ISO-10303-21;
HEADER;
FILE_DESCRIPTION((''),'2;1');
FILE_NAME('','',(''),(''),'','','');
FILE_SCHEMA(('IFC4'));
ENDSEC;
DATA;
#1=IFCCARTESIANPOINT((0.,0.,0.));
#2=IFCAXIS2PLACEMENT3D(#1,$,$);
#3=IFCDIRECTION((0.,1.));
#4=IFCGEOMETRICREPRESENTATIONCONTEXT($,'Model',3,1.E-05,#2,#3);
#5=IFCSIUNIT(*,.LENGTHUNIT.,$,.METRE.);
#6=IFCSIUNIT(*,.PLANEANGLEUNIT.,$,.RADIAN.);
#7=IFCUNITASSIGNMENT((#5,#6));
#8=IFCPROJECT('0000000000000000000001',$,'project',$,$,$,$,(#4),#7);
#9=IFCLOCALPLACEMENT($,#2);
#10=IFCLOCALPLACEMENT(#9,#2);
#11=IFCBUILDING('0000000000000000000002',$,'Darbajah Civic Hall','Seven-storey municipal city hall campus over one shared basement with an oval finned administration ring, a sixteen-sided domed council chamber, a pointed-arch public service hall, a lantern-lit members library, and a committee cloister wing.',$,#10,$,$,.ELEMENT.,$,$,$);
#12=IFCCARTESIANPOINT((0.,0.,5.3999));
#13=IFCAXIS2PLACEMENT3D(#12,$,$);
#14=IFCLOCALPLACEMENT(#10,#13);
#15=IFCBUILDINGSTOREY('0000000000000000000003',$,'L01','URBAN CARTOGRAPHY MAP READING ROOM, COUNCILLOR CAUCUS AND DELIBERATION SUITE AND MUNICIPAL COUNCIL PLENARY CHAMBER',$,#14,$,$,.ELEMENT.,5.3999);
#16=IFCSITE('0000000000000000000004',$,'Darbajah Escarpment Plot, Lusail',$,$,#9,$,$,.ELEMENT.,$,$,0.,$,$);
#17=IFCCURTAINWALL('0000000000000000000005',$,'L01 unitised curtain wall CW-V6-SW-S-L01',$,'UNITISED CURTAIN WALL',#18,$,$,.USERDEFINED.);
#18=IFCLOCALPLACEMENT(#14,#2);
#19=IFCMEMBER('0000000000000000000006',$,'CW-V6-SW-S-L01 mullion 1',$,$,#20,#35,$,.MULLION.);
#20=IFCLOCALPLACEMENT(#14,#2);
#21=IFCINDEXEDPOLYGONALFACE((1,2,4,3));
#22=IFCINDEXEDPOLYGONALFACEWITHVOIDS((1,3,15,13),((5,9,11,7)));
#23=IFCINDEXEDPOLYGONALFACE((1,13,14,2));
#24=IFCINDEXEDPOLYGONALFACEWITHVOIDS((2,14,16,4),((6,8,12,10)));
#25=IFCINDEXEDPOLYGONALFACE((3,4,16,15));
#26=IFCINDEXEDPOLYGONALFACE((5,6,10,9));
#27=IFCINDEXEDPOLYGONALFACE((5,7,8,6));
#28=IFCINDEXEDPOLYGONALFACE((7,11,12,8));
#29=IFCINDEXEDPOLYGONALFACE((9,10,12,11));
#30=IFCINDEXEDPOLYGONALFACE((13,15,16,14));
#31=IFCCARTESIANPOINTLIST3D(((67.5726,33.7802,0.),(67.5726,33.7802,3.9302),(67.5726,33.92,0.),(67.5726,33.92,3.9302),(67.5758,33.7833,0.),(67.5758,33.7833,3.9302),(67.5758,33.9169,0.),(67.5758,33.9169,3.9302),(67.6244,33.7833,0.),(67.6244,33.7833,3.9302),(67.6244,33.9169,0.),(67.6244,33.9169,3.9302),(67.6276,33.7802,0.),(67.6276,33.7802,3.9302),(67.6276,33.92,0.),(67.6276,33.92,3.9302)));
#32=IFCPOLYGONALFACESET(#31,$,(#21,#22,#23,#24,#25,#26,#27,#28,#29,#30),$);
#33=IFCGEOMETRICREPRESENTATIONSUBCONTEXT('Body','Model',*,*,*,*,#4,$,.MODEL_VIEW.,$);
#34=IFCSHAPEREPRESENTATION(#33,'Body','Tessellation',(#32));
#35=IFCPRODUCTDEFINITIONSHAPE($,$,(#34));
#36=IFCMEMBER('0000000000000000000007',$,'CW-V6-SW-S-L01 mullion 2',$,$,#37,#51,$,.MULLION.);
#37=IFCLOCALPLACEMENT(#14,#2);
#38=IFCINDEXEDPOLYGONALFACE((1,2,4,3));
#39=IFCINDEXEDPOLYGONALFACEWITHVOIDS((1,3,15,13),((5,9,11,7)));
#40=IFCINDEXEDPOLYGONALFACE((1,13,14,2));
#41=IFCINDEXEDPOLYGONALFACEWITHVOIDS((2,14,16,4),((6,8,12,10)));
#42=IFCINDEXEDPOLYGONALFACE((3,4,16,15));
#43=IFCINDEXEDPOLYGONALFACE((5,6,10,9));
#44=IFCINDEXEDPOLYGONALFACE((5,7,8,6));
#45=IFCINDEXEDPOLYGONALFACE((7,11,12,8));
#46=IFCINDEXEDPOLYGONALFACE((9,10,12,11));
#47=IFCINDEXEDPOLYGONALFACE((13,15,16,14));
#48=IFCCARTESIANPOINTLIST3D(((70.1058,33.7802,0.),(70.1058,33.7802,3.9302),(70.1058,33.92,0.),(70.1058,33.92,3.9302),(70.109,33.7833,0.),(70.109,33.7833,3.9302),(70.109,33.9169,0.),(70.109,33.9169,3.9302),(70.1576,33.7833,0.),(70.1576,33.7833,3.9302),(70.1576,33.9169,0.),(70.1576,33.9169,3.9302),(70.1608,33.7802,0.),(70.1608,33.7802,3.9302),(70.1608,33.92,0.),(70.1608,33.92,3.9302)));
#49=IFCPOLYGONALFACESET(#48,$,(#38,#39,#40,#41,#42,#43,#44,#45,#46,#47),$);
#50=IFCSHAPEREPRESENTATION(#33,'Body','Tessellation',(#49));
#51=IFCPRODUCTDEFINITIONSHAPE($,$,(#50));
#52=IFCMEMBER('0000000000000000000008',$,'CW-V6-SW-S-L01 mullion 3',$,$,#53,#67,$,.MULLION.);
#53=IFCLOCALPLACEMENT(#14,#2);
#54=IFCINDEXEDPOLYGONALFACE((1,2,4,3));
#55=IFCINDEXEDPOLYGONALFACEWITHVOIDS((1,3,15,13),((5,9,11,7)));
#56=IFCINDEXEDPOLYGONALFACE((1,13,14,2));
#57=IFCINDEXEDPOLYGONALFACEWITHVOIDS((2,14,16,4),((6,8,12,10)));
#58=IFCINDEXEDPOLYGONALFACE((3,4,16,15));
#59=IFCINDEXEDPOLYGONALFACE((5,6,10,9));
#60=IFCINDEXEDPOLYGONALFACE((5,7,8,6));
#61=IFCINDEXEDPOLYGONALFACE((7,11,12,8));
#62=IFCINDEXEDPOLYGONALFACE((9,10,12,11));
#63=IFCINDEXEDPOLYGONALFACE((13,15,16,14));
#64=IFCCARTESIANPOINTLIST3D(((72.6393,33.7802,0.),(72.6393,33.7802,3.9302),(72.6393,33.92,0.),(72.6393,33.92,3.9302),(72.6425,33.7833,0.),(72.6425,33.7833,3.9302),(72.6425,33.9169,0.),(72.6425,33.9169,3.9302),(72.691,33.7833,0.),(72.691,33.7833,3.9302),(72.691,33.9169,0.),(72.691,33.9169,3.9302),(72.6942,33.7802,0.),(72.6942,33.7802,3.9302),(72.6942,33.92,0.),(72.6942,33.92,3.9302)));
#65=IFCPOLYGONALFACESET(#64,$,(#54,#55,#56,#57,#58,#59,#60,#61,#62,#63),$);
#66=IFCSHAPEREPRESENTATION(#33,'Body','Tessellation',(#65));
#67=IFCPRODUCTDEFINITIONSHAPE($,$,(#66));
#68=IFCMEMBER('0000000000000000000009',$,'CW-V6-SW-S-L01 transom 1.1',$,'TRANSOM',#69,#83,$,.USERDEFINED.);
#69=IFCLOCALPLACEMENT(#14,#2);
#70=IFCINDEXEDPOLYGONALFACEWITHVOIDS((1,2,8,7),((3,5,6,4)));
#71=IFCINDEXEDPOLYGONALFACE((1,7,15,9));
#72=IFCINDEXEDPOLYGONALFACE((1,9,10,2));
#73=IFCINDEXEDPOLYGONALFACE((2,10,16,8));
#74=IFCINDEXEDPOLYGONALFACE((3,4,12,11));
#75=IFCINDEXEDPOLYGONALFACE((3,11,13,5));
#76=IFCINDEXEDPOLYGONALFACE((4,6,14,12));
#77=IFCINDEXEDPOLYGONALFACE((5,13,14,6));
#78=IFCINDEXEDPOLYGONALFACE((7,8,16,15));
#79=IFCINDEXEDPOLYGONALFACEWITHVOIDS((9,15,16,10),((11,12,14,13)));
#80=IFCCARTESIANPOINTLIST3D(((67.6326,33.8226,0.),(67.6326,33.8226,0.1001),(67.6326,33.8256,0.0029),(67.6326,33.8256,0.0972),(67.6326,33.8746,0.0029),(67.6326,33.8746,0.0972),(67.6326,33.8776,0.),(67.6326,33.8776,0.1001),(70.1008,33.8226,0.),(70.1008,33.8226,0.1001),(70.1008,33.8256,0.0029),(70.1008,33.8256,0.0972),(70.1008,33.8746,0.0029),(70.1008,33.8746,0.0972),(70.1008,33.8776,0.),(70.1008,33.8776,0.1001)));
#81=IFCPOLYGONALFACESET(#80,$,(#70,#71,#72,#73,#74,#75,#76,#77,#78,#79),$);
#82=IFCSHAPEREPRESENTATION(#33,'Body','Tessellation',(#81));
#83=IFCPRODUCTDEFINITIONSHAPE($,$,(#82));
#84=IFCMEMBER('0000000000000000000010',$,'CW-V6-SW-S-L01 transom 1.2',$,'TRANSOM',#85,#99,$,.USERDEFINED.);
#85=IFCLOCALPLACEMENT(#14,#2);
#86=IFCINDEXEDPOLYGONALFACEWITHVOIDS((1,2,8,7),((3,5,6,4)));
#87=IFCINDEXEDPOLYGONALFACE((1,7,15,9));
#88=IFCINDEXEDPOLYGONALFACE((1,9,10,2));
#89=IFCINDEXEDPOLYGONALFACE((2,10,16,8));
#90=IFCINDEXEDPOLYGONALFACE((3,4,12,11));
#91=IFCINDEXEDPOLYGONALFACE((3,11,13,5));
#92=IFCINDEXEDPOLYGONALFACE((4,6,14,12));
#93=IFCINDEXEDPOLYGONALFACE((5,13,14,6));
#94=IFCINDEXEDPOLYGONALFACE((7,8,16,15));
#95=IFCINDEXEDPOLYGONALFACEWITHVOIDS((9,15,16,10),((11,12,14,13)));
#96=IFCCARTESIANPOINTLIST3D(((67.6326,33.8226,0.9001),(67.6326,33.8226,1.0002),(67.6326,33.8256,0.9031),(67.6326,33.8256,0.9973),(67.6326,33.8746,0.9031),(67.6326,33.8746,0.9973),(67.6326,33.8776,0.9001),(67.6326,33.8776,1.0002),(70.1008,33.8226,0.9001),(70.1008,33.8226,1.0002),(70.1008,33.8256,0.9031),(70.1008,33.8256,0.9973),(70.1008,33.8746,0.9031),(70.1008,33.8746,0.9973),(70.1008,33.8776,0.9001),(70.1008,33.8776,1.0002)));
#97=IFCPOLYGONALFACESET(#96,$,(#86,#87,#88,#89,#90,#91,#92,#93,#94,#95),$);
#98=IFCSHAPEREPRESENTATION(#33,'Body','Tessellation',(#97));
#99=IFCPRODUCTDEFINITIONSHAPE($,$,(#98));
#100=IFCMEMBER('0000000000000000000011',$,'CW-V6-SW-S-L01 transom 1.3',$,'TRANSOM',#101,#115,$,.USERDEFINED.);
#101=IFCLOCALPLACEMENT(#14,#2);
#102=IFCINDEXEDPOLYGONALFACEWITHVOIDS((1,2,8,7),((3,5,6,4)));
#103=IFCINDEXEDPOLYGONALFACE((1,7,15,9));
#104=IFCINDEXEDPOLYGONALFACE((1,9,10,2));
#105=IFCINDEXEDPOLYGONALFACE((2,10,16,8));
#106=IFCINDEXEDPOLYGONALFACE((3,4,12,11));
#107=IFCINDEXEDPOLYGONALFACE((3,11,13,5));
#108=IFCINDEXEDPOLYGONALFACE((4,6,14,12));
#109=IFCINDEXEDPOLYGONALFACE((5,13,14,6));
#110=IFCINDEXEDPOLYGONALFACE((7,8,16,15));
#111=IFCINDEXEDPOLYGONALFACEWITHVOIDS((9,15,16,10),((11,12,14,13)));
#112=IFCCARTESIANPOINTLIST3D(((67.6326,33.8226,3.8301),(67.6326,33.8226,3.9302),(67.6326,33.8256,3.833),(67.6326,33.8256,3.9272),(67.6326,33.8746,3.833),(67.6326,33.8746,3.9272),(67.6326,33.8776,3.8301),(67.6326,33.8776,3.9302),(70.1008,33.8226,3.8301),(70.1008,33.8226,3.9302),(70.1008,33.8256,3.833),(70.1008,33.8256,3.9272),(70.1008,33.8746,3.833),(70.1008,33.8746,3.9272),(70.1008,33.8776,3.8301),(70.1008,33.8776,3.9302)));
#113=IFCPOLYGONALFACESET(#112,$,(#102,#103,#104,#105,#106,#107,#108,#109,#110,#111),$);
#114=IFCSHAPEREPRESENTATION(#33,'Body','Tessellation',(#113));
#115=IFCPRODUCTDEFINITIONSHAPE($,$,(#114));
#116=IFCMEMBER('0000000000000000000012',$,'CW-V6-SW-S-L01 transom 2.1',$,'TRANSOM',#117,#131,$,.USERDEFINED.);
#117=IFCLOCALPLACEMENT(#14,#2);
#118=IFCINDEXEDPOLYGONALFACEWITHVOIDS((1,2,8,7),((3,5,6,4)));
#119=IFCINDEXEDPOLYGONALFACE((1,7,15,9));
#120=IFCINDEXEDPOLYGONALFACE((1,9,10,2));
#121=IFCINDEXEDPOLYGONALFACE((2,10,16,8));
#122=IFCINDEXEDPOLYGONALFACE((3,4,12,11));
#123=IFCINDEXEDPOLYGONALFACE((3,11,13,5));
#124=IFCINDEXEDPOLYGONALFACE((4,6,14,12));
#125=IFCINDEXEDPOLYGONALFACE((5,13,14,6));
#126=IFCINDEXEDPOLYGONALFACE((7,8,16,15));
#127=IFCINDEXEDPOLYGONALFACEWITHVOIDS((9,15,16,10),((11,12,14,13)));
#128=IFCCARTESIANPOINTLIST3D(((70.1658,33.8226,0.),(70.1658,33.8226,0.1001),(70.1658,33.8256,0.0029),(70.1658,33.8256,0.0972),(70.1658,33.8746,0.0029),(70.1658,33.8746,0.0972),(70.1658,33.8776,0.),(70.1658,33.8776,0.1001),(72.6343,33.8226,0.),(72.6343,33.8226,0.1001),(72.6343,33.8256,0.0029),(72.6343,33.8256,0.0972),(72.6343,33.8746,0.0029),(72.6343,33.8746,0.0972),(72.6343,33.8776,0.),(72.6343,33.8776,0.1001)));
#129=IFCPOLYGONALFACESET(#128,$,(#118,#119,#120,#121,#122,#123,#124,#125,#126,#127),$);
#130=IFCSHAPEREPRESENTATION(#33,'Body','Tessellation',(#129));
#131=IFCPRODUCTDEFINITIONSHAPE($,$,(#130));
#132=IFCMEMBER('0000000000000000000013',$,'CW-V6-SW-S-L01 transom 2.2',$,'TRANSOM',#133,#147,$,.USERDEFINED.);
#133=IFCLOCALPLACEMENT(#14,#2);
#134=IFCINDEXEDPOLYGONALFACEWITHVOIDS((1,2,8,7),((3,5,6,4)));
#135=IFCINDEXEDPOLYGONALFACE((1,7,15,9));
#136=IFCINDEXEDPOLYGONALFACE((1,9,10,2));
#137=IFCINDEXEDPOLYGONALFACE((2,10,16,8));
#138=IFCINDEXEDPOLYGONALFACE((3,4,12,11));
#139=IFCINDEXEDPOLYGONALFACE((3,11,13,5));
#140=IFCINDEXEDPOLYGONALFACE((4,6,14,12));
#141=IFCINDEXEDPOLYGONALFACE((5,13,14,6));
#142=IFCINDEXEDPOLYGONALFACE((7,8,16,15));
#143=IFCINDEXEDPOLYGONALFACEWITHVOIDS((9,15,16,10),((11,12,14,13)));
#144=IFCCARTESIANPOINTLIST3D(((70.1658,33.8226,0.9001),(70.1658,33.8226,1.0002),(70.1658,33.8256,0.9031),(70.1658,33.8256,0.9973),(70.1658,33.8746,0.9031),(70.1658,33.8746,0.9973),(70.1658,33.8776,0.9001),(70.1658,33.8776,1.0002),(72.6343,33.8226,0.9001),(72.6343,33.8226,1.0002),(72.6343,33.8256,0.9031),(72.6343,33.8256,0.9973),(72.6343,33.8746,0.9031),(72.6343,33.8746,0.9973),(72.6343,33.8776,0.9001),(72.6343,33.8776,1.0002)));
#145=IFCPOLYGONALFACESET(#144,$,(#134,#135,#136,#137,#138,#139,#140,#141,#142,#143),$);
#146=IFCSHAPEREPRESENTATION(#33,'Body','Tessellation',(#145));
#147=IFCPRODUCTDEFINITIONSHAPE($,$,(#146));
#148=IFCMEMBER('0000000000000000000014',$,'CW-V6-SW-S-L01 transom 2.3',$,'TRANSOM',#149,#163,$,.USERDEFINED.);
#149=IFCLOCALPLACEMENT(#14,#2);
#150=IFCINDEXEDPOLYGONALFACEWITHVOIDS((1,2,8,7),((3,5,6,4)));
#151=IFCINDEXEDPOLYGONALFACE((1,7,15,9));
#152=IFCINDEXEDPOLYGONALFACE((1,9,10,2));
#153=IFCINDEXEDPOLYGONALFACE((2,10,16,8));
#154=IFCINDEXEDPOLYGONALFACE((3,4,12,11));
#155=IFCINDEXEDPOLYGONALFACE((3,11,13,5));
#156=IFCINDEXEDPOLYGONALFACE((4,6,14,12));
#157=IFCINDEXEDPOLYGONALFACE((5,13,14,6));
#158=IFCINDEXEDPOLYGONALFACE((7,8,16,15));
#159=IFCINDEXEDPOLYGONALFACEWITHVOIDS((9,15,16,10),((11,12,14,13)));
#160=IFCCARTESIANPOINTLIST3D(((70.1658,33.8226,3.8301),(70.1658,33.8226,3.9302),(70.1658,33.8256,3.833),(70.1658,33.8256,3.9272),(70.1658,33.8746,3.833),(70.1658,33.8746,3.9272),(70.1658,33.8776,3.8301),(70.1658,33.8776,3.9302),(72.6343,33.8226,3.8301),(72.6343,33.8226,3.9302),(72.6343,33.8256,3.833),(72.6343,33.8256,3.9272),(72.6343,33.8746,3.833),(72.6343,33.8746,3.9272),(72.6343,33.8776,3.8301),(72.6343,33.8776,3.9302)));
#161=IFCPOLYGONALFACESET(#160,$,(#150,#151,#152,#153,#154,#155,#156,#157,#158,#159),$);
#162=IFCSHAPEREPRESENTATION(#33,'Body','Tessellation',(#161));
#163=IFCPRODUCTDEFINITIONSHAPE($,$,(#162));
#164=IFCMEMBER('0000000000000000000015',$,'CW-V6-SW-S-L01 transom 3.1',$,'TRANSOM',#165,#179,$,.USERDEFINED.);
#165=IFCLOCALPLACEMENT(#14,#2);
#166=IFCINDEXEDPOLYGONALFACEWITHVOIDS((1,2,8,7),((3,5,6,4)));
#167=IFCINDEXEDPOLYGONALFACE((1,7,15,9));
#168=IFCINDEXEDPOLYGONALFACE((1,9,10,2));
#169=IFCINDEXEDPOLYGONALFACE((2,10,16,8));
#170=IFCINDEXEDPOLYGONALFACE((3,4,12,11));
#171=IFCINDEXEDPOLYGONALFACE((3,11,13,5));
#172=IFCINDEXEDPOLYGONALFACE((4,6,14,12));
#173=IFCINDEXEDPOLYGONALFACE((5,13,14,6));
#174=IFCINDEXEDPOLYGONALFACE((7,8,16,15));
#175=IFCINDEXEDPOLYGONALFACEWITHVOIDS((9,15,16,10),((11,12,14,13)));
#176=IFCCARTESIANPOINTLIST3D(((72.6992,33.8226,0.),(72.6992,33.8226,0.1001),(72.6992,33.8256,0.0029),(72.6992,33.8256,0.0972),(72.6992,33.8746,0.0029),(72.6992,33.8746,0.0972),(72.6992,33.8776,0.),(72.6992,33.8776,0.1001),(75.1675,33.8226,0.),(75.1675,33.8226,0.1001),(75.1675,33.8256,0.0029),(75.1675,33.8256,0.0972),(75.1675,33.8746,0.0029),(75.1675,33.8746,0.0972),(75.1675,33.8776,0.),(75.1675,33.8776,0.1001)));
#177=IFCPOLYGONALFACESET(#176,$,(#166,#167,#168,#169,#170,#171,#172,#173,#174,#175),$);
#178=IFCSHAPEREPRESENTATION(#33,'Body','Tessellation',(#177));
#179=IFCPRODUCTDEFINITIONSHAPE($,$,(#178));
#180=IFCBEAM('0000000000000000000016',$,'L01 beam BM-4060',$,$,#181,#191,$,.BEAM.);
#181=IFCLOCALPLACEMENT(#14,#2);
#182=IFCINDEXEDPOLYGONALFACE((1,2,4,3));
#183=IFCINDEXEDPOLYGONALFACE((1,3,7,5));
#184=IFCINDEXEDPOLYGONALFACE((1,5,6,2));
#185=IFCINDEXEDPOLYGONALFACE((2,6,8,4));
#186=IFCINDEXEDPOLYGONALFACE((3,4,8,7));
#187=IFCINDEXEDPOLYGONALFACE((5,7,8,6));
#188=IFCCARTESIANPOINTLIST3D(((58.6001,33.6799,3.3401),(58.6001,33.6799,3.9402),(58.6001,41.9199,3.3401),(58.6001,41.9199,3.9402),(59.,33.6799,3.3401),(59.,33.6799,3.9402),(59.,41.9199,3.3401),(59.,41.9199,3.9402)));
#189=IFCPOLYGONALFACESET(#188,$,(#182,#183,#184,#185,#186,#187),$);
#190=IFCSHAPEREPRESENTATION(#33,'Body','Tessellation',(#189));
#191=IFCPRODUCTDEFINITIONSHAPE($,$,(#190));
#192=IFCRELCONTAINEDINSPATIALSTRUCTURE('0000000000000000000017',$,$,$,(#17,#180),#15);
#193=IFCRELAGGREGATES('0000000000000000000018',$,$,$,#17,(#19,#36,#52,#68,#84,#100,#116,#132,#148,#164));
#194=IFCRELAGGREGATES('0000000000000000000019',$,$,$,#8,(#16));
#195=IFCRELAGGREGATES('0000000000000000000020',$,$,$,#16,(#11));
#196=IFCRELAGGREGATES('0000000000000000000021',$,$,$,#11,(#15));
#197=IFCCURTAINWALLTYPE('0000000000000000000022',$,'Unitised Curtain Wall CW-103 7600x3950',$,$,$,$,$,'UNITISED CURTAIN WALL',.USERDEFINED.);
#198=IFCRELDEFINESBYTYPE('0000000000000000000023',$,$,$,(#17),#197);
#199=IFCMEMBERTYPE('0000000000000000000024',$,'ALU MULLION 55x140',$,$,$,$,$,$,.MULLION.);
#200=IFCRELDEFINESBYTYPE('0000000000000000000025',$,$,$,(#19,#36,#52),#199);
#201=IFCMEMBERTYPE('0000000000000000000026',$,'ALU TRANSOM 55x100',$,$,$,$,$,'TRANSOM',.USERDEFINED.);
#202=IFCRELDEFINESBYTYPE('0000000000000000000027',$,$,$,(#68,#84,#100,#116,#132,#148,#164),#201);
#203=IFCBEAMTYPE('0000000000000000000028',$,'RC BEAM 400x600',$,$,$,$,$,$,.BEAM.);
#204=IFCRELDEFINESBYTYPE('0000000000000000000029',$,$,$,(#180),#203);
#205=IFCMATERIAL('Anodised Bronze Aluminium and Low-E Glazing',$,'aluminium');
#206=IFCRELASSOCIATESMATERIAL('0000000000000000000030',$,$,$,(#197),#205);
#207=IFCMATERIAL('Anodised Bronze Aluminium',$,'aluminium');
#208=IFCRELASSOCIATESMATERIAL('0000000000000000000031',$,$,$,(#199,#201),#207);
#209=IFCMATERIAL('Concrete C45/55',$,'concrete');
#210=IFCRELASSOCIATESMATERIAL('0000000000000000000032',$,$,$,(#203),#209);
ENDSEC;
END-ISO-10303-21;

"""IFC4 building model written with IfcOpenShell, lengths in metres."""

from ifc_helpers import new_model, si_unit, direction, frame, origin, origin_2d, place, context, subcontext, project, spatial, rectangle, hollow_rectangle, extrude, material, material_profile, profile_set, type_object, element, aggregate, save


model = new_model("IFC4")

# Units and contexts
model_context = context("Model", 3, precision=1e-05, world=origin(), true_north=direction((0.0, 1.0)))
body_context = subcontext(model_context, "Body", "Model", "MODEL_VIEW")
ifc_project = project(units=[si_unit("LENGTHUNIT", "METRE"), si_unit("PLANEANGLEUNIT", "RADIAN")], contexts=[model_context])

# Site, building, storey
site_placement = place(None, origin())
site = spatial("IfcSite", under=ifc_project, at=site_placement, Name="Darbajah Escarpment Plot, Lusail", CompositionType="ELEMENT", RefElevation=0.0)
building_placement = place(site_placement, origin())
building = spatial("IfcBuilding", under=site, at=building_placement, Name="Darbajah Civic Hall", Description="Seven-storey municipal city hall campus over one shared basement with an oval finned administration ring, a sixteen-sided domed council chamber, a pointed-arch public service hall, a lantern-lit members library, and a committee cloister wing.", CompositionType="ELEMENT")
storey_placement = place(building_placement, frame((0.0, 0.0, 5.3999)))
storey = spatial("IfcBuildingStorey", under=building, at=storey_placement, Name="L01", Description="URBAN CARTOGRAPHY MAP READING ROOM, COUNCILLOR CAUCUS AND DELIBERATION SUITE AND MUNICIPAL COUNCIL PLENARY CHAMBER", CompositionType="ELEMENT", Elevation=5.3999)

# Curtain wall, members
ifc_material_1 = material(Name="Anodised Bronze Aluminium and Low-E Glazing", Category="aluminium")
curtain_wall_type = type_object("IfcCurtainWallType", Name="Unitised Curtain Wall CW-103 7600x3950", ElementType="UNITISED CURTAIN WALL", PredefinedType="USERDEFINED", material=ifc_material_1)
curtain_wall_placement = place(storey_placement, origin())
curtain_wall = element("IfcCurtainWall", 1, at=curtain_wall_placement, inside=storey, type_object=curtain_wall_type, Name="L01 unitised curtain wall CW-V6-SW-S-L01", ObjectType="UNITISED CURTAIN WALL", PredefinedType="USERDEFINED")
ifc_material_2 = material(Name="Anodised Bronze Aluminium", Category="aluminium")
ifc_material_profile_1 = material_profile(ifc_material_2, hollow_rectangle(XDim=0.0549, YDim=0.1399, WallThickness=0.0032, at=origin_2d()), Name="ALU MULLION 55x140")
ifc_profile_set_1 = profile_set([ifc_material_profile_1], Name="Anodised Bronze Aluminium")
member_type_1 = type_object("IfcMemberType", Name="ALU MULLION 55x140", PredefinedType="MULLION", material=ifc_profile_set_1)
member_1_placement = place(storey_placement, frame((67.6001, 33.8501, 0.0), z_axis=(0.0, 0.0, 1.0), x_axis=(1.0, 0.0, 0.0)))
member_1 = element("IfcMember", 2, at=member_1_placement, type_object=member_type_1, Name="CW-V6-SW-S-L01 mullion 1", PredefinedType="MULLION", context=body_context, shape_type="SweptSolid", body=[
    extrude(hollow_rectangle(XDim=0.0549, YDim=0.1399, WallThickness=0.0032, at=origin_2d()), origin(), (0.0, 0.0, 1.0), 3.9302),
])
member_2_placement = place(storey_placement, frame((70.1333, 33.8501, 0.0), z_axis=(0.0, 0.0, 1.0), x_axis=(1.0, 0.0, 0.0)))
member_2 = element("IfcMember", 3, at=member_2_placement, type_object=member_type_1, Name="CW-V6-SW-S-L01 mullion 2", PredefinedType="MULLION", context=body_context, shape_type="SweptSolid", body=[
    extrude(hollow_rectangle(XDim=0.0549, YDim=0.1399, WallThickness=0.0032, at=origin_2d()), origin(), (0.0, 0.0, 1.0), 3.9302),
])
member_3_placement = place(storey_placement, frame((72.6667, 33.8501, 0.0), z_axis=(0.0, 0.0, 1.0), x_axis=(1.0, 0.0, 0.0)))
member_3 = element("IfcMember", 4, at=member_3_placement, type_object=member_type_1, Name="CW-V6-SW-S-L01 mullion 3", PredefinedType="MULLION", context=body_context, shape_type="SweptSolid", body=[
    extrude(hollow_rectangle(XDim=0.0549, YDim=0.1399, WallThickness=0.0032, at=origin_2d()), origin(), (0.0, 0.0, 1.0), 3.9302),
])
ifc_material_profile_2 = material_profile(ifc_material_2, hollow_rectangle(XDim=0.0549, YDim=0.1001, WallThickness=0.0029, at=origin_2d()), Name="ALU TRANSOM 55x100")
ifc_profile_set_2 = profile_set([ifc_material_profile_2], Name="Anodised Bronze Aluminium")
member_type_2 = type_object("IfcMemberType", Name="ALU TRANSOM 55x100", ElementType="TRANSOM", PredefinedType="USERDEFINED", material=ifc_profile_set_2)
member_4_placement = place(storey_placement, frame((67.6326, 33.8501, 0.05), z_axis=(1.0, 0.0, 0.0), x_axis=(0.0, 1.0, 0.0)))
member_4 = element("IfcMember", 5, at=member_4_placement, type_object=member_type_2, Name="CW-V6-SW-S-L01 transom 1.1", ObjectType="TRANSOM", PredefinedType="USERDEFINED", context=body_context, shape_type="SweptSolid", body=[
    extrude(hollow_rectangle(XDim=0.0549, YDim=0.1001, WallThickness=0.0029, at=origin_2d()), origin(), (0.0, 0.0, 1.0), 2.4683),
])
member_5_placement = place(storey_placement, frame((67.6326, 33.8501, 0.9502), z_axis=(1.0, 0.0, 0.0), x_axis=(0.0, 1.0, 0.0)))
member_5 = element("IfcMember", 6, at=member_5_placement, type_object=member_type_2, Name="CW-V6-SW-S-L01 transom 1.2", ObjectType="TRANSOM", PredefinedType="USERDEFINED", context=body_context, shape_type="SweptSolid", body=[
    extrude(hollow_rectangle(XDim=0.0549, YDim=0.1001, WallThickness=0.0029, at=origin_2d()), origin(), (0.0, 0.0, 1.0), 2.4683),
])
member_6_placement = place(storey_placement, frame((67.6326, 33.8501, 3.8801), z_axis=(1.0, 0.0, 0.0), x_axis=(0.0, 1.0, 0.0)))
member_6 = element("IfcMember", 7, at=member_6_placement, type_object=member_type_2, Name="CW-V6-SW-S-L01 transom 1.3", ObjectType="TRANSOM", PredefinedType="USERDEFINED", context=body_context, shape_type="SweptSolid", body=[
    extrude(hollow_rectangle(XDim=0.0549, YDim=0.1001, WallThickness=0.0029, at=origin_2d()), origin(), (0.0, 0.0, 1.0), 2.4683),
])
member_7_placement = place(storey_placement, frame((70.1658, 33.8501, 0.05), z_axis=(1.0, 0.0, 0.0), x_axis=(0.0, 1.0, 0.0)))
member_7 = element("IfcMember", 8, at=member_7_placement, type_object=member_type_2, Name="CW-V6-SW-S-L01 transom 2.1", ObjectType="TRANSOM", PredefinedType="USERDEFINED", context=body_context, shape_type="SweptSolid", body=[
    extrude(hollow_rectangle(XDim=0.0549, YDim=0.1001, WallThickness=0.0029, at=origin_2d()), origin(), (0.0, 0.0, 1.0), 2.4685),
])
member_8_placement = place(storey_placement, frame((70.1658, 33.8501, 0.9502), z_axis=(1.0, 0.0, 0.0), x_axis=(0.0, 1.0, 0.0)))
member_8 = element("IfcMember", 9, at=member_8_placement, type_object=member_type_2, Name="CW-V6-SW-S-L01 transom 2.2", ObjectType="TRANSOM", PredefinedType="USERDEFINED", context=body_context, shape_type="SweptSolid", body=[
    extrude(hollow_rectangle(XDim=0.0549, YDim=0.1001, WallThickness=0.0029, at=origin_2d()), origin(), (0.0, 0.0, 1.0), 2.4685),
])
member_9_placement = place(storey_placement, frame((70.1658, 33.8501, 3.8801), z_axis=(1.0, 0.0, 0.0), x_axis=(0.0, 1.0, 0.0)))
member_9 = element("IfcMember", 10, at=member_9_placement, type_object=member_type_2, Name="CW-V6-SW-S-L01 transom 2.3", ObjectType="TRANSOM", PredefinedType="USERDEFINED", context=body_context, shape_type="SweptSolid", body=[
    extrude(hollow_rectangle(XDim=0.0549, YDim=0.1001, WallThickness=0.0029, at=origin_2d()), origin(), (0.0, 0.0, 1.0), 2.4685),
])
member_10_placement = place(storey_placement, frame((72.6992, 33.8501, 0.05), z_axis=(1.0, 0.0, 0.0), x_axis=(0.0, 1.0, 0.0)))
member_10 = element("IfcMember", 11, at=member_10_placement, type_object=member_type_2, Name="CW-V6-SW-S-L01 transom 3.1", ObjectType="TRANSOM", PredefinedType="USERDEFINED", context=body_context, shape_type="SweptSolid", body=[
    extrude(hollow_rectangle(XDim=0.0549, YDim=0.1001, WallThickness=0.0029, at=origin_2d()), origin(), (0.0, 0.0, 1.0), 2.4683),
])

# Beam
ifc_material_3 = material(Name="Concrete C45/55", Category="concrete")
ifc_material_profile_3 = material_profile(ifc_material_3, rectangle(XDim=0.3999, YDim=0.6001, at=origin_2d()), Name="RC BEAM 400x600")
ifc_profile_set_3 = profile_set([ifc_material_profile_3], Name="Concrete C45/55")
beam_type_1 = type_object("IfcBeamType", Name="RC BEAM 400x600", PredefinedType="BEAM", material=ifc_profile_set_3)
beam_1_placement = place(storey_placement, frame((58.8, 33.6799, 3.6401), z_axis=(0.0, 1.0, 0.0), x_axis=(-1.0, 0.0, 0.0)))
element("IfcBeam", 12, at=beam_1_placement, inside=storey, type_object=beam_type_1, Name="L01 beam BM-4060", PredefinedType="BEAM", context=body_context, shape_type="SweptSolid", body=[
    extrude(rectangle(XDim=0.3999, YDim=0.6001, at=origin_2d()), origin(), (0.0, 0.0, 1.0), 8.24),
])

aggregate(curtain_wall, [member_1, member_2, member_3, member_4, member_5, member_6, member_7, member_8, member_9, member_10])

save(model, "model.ifc")
